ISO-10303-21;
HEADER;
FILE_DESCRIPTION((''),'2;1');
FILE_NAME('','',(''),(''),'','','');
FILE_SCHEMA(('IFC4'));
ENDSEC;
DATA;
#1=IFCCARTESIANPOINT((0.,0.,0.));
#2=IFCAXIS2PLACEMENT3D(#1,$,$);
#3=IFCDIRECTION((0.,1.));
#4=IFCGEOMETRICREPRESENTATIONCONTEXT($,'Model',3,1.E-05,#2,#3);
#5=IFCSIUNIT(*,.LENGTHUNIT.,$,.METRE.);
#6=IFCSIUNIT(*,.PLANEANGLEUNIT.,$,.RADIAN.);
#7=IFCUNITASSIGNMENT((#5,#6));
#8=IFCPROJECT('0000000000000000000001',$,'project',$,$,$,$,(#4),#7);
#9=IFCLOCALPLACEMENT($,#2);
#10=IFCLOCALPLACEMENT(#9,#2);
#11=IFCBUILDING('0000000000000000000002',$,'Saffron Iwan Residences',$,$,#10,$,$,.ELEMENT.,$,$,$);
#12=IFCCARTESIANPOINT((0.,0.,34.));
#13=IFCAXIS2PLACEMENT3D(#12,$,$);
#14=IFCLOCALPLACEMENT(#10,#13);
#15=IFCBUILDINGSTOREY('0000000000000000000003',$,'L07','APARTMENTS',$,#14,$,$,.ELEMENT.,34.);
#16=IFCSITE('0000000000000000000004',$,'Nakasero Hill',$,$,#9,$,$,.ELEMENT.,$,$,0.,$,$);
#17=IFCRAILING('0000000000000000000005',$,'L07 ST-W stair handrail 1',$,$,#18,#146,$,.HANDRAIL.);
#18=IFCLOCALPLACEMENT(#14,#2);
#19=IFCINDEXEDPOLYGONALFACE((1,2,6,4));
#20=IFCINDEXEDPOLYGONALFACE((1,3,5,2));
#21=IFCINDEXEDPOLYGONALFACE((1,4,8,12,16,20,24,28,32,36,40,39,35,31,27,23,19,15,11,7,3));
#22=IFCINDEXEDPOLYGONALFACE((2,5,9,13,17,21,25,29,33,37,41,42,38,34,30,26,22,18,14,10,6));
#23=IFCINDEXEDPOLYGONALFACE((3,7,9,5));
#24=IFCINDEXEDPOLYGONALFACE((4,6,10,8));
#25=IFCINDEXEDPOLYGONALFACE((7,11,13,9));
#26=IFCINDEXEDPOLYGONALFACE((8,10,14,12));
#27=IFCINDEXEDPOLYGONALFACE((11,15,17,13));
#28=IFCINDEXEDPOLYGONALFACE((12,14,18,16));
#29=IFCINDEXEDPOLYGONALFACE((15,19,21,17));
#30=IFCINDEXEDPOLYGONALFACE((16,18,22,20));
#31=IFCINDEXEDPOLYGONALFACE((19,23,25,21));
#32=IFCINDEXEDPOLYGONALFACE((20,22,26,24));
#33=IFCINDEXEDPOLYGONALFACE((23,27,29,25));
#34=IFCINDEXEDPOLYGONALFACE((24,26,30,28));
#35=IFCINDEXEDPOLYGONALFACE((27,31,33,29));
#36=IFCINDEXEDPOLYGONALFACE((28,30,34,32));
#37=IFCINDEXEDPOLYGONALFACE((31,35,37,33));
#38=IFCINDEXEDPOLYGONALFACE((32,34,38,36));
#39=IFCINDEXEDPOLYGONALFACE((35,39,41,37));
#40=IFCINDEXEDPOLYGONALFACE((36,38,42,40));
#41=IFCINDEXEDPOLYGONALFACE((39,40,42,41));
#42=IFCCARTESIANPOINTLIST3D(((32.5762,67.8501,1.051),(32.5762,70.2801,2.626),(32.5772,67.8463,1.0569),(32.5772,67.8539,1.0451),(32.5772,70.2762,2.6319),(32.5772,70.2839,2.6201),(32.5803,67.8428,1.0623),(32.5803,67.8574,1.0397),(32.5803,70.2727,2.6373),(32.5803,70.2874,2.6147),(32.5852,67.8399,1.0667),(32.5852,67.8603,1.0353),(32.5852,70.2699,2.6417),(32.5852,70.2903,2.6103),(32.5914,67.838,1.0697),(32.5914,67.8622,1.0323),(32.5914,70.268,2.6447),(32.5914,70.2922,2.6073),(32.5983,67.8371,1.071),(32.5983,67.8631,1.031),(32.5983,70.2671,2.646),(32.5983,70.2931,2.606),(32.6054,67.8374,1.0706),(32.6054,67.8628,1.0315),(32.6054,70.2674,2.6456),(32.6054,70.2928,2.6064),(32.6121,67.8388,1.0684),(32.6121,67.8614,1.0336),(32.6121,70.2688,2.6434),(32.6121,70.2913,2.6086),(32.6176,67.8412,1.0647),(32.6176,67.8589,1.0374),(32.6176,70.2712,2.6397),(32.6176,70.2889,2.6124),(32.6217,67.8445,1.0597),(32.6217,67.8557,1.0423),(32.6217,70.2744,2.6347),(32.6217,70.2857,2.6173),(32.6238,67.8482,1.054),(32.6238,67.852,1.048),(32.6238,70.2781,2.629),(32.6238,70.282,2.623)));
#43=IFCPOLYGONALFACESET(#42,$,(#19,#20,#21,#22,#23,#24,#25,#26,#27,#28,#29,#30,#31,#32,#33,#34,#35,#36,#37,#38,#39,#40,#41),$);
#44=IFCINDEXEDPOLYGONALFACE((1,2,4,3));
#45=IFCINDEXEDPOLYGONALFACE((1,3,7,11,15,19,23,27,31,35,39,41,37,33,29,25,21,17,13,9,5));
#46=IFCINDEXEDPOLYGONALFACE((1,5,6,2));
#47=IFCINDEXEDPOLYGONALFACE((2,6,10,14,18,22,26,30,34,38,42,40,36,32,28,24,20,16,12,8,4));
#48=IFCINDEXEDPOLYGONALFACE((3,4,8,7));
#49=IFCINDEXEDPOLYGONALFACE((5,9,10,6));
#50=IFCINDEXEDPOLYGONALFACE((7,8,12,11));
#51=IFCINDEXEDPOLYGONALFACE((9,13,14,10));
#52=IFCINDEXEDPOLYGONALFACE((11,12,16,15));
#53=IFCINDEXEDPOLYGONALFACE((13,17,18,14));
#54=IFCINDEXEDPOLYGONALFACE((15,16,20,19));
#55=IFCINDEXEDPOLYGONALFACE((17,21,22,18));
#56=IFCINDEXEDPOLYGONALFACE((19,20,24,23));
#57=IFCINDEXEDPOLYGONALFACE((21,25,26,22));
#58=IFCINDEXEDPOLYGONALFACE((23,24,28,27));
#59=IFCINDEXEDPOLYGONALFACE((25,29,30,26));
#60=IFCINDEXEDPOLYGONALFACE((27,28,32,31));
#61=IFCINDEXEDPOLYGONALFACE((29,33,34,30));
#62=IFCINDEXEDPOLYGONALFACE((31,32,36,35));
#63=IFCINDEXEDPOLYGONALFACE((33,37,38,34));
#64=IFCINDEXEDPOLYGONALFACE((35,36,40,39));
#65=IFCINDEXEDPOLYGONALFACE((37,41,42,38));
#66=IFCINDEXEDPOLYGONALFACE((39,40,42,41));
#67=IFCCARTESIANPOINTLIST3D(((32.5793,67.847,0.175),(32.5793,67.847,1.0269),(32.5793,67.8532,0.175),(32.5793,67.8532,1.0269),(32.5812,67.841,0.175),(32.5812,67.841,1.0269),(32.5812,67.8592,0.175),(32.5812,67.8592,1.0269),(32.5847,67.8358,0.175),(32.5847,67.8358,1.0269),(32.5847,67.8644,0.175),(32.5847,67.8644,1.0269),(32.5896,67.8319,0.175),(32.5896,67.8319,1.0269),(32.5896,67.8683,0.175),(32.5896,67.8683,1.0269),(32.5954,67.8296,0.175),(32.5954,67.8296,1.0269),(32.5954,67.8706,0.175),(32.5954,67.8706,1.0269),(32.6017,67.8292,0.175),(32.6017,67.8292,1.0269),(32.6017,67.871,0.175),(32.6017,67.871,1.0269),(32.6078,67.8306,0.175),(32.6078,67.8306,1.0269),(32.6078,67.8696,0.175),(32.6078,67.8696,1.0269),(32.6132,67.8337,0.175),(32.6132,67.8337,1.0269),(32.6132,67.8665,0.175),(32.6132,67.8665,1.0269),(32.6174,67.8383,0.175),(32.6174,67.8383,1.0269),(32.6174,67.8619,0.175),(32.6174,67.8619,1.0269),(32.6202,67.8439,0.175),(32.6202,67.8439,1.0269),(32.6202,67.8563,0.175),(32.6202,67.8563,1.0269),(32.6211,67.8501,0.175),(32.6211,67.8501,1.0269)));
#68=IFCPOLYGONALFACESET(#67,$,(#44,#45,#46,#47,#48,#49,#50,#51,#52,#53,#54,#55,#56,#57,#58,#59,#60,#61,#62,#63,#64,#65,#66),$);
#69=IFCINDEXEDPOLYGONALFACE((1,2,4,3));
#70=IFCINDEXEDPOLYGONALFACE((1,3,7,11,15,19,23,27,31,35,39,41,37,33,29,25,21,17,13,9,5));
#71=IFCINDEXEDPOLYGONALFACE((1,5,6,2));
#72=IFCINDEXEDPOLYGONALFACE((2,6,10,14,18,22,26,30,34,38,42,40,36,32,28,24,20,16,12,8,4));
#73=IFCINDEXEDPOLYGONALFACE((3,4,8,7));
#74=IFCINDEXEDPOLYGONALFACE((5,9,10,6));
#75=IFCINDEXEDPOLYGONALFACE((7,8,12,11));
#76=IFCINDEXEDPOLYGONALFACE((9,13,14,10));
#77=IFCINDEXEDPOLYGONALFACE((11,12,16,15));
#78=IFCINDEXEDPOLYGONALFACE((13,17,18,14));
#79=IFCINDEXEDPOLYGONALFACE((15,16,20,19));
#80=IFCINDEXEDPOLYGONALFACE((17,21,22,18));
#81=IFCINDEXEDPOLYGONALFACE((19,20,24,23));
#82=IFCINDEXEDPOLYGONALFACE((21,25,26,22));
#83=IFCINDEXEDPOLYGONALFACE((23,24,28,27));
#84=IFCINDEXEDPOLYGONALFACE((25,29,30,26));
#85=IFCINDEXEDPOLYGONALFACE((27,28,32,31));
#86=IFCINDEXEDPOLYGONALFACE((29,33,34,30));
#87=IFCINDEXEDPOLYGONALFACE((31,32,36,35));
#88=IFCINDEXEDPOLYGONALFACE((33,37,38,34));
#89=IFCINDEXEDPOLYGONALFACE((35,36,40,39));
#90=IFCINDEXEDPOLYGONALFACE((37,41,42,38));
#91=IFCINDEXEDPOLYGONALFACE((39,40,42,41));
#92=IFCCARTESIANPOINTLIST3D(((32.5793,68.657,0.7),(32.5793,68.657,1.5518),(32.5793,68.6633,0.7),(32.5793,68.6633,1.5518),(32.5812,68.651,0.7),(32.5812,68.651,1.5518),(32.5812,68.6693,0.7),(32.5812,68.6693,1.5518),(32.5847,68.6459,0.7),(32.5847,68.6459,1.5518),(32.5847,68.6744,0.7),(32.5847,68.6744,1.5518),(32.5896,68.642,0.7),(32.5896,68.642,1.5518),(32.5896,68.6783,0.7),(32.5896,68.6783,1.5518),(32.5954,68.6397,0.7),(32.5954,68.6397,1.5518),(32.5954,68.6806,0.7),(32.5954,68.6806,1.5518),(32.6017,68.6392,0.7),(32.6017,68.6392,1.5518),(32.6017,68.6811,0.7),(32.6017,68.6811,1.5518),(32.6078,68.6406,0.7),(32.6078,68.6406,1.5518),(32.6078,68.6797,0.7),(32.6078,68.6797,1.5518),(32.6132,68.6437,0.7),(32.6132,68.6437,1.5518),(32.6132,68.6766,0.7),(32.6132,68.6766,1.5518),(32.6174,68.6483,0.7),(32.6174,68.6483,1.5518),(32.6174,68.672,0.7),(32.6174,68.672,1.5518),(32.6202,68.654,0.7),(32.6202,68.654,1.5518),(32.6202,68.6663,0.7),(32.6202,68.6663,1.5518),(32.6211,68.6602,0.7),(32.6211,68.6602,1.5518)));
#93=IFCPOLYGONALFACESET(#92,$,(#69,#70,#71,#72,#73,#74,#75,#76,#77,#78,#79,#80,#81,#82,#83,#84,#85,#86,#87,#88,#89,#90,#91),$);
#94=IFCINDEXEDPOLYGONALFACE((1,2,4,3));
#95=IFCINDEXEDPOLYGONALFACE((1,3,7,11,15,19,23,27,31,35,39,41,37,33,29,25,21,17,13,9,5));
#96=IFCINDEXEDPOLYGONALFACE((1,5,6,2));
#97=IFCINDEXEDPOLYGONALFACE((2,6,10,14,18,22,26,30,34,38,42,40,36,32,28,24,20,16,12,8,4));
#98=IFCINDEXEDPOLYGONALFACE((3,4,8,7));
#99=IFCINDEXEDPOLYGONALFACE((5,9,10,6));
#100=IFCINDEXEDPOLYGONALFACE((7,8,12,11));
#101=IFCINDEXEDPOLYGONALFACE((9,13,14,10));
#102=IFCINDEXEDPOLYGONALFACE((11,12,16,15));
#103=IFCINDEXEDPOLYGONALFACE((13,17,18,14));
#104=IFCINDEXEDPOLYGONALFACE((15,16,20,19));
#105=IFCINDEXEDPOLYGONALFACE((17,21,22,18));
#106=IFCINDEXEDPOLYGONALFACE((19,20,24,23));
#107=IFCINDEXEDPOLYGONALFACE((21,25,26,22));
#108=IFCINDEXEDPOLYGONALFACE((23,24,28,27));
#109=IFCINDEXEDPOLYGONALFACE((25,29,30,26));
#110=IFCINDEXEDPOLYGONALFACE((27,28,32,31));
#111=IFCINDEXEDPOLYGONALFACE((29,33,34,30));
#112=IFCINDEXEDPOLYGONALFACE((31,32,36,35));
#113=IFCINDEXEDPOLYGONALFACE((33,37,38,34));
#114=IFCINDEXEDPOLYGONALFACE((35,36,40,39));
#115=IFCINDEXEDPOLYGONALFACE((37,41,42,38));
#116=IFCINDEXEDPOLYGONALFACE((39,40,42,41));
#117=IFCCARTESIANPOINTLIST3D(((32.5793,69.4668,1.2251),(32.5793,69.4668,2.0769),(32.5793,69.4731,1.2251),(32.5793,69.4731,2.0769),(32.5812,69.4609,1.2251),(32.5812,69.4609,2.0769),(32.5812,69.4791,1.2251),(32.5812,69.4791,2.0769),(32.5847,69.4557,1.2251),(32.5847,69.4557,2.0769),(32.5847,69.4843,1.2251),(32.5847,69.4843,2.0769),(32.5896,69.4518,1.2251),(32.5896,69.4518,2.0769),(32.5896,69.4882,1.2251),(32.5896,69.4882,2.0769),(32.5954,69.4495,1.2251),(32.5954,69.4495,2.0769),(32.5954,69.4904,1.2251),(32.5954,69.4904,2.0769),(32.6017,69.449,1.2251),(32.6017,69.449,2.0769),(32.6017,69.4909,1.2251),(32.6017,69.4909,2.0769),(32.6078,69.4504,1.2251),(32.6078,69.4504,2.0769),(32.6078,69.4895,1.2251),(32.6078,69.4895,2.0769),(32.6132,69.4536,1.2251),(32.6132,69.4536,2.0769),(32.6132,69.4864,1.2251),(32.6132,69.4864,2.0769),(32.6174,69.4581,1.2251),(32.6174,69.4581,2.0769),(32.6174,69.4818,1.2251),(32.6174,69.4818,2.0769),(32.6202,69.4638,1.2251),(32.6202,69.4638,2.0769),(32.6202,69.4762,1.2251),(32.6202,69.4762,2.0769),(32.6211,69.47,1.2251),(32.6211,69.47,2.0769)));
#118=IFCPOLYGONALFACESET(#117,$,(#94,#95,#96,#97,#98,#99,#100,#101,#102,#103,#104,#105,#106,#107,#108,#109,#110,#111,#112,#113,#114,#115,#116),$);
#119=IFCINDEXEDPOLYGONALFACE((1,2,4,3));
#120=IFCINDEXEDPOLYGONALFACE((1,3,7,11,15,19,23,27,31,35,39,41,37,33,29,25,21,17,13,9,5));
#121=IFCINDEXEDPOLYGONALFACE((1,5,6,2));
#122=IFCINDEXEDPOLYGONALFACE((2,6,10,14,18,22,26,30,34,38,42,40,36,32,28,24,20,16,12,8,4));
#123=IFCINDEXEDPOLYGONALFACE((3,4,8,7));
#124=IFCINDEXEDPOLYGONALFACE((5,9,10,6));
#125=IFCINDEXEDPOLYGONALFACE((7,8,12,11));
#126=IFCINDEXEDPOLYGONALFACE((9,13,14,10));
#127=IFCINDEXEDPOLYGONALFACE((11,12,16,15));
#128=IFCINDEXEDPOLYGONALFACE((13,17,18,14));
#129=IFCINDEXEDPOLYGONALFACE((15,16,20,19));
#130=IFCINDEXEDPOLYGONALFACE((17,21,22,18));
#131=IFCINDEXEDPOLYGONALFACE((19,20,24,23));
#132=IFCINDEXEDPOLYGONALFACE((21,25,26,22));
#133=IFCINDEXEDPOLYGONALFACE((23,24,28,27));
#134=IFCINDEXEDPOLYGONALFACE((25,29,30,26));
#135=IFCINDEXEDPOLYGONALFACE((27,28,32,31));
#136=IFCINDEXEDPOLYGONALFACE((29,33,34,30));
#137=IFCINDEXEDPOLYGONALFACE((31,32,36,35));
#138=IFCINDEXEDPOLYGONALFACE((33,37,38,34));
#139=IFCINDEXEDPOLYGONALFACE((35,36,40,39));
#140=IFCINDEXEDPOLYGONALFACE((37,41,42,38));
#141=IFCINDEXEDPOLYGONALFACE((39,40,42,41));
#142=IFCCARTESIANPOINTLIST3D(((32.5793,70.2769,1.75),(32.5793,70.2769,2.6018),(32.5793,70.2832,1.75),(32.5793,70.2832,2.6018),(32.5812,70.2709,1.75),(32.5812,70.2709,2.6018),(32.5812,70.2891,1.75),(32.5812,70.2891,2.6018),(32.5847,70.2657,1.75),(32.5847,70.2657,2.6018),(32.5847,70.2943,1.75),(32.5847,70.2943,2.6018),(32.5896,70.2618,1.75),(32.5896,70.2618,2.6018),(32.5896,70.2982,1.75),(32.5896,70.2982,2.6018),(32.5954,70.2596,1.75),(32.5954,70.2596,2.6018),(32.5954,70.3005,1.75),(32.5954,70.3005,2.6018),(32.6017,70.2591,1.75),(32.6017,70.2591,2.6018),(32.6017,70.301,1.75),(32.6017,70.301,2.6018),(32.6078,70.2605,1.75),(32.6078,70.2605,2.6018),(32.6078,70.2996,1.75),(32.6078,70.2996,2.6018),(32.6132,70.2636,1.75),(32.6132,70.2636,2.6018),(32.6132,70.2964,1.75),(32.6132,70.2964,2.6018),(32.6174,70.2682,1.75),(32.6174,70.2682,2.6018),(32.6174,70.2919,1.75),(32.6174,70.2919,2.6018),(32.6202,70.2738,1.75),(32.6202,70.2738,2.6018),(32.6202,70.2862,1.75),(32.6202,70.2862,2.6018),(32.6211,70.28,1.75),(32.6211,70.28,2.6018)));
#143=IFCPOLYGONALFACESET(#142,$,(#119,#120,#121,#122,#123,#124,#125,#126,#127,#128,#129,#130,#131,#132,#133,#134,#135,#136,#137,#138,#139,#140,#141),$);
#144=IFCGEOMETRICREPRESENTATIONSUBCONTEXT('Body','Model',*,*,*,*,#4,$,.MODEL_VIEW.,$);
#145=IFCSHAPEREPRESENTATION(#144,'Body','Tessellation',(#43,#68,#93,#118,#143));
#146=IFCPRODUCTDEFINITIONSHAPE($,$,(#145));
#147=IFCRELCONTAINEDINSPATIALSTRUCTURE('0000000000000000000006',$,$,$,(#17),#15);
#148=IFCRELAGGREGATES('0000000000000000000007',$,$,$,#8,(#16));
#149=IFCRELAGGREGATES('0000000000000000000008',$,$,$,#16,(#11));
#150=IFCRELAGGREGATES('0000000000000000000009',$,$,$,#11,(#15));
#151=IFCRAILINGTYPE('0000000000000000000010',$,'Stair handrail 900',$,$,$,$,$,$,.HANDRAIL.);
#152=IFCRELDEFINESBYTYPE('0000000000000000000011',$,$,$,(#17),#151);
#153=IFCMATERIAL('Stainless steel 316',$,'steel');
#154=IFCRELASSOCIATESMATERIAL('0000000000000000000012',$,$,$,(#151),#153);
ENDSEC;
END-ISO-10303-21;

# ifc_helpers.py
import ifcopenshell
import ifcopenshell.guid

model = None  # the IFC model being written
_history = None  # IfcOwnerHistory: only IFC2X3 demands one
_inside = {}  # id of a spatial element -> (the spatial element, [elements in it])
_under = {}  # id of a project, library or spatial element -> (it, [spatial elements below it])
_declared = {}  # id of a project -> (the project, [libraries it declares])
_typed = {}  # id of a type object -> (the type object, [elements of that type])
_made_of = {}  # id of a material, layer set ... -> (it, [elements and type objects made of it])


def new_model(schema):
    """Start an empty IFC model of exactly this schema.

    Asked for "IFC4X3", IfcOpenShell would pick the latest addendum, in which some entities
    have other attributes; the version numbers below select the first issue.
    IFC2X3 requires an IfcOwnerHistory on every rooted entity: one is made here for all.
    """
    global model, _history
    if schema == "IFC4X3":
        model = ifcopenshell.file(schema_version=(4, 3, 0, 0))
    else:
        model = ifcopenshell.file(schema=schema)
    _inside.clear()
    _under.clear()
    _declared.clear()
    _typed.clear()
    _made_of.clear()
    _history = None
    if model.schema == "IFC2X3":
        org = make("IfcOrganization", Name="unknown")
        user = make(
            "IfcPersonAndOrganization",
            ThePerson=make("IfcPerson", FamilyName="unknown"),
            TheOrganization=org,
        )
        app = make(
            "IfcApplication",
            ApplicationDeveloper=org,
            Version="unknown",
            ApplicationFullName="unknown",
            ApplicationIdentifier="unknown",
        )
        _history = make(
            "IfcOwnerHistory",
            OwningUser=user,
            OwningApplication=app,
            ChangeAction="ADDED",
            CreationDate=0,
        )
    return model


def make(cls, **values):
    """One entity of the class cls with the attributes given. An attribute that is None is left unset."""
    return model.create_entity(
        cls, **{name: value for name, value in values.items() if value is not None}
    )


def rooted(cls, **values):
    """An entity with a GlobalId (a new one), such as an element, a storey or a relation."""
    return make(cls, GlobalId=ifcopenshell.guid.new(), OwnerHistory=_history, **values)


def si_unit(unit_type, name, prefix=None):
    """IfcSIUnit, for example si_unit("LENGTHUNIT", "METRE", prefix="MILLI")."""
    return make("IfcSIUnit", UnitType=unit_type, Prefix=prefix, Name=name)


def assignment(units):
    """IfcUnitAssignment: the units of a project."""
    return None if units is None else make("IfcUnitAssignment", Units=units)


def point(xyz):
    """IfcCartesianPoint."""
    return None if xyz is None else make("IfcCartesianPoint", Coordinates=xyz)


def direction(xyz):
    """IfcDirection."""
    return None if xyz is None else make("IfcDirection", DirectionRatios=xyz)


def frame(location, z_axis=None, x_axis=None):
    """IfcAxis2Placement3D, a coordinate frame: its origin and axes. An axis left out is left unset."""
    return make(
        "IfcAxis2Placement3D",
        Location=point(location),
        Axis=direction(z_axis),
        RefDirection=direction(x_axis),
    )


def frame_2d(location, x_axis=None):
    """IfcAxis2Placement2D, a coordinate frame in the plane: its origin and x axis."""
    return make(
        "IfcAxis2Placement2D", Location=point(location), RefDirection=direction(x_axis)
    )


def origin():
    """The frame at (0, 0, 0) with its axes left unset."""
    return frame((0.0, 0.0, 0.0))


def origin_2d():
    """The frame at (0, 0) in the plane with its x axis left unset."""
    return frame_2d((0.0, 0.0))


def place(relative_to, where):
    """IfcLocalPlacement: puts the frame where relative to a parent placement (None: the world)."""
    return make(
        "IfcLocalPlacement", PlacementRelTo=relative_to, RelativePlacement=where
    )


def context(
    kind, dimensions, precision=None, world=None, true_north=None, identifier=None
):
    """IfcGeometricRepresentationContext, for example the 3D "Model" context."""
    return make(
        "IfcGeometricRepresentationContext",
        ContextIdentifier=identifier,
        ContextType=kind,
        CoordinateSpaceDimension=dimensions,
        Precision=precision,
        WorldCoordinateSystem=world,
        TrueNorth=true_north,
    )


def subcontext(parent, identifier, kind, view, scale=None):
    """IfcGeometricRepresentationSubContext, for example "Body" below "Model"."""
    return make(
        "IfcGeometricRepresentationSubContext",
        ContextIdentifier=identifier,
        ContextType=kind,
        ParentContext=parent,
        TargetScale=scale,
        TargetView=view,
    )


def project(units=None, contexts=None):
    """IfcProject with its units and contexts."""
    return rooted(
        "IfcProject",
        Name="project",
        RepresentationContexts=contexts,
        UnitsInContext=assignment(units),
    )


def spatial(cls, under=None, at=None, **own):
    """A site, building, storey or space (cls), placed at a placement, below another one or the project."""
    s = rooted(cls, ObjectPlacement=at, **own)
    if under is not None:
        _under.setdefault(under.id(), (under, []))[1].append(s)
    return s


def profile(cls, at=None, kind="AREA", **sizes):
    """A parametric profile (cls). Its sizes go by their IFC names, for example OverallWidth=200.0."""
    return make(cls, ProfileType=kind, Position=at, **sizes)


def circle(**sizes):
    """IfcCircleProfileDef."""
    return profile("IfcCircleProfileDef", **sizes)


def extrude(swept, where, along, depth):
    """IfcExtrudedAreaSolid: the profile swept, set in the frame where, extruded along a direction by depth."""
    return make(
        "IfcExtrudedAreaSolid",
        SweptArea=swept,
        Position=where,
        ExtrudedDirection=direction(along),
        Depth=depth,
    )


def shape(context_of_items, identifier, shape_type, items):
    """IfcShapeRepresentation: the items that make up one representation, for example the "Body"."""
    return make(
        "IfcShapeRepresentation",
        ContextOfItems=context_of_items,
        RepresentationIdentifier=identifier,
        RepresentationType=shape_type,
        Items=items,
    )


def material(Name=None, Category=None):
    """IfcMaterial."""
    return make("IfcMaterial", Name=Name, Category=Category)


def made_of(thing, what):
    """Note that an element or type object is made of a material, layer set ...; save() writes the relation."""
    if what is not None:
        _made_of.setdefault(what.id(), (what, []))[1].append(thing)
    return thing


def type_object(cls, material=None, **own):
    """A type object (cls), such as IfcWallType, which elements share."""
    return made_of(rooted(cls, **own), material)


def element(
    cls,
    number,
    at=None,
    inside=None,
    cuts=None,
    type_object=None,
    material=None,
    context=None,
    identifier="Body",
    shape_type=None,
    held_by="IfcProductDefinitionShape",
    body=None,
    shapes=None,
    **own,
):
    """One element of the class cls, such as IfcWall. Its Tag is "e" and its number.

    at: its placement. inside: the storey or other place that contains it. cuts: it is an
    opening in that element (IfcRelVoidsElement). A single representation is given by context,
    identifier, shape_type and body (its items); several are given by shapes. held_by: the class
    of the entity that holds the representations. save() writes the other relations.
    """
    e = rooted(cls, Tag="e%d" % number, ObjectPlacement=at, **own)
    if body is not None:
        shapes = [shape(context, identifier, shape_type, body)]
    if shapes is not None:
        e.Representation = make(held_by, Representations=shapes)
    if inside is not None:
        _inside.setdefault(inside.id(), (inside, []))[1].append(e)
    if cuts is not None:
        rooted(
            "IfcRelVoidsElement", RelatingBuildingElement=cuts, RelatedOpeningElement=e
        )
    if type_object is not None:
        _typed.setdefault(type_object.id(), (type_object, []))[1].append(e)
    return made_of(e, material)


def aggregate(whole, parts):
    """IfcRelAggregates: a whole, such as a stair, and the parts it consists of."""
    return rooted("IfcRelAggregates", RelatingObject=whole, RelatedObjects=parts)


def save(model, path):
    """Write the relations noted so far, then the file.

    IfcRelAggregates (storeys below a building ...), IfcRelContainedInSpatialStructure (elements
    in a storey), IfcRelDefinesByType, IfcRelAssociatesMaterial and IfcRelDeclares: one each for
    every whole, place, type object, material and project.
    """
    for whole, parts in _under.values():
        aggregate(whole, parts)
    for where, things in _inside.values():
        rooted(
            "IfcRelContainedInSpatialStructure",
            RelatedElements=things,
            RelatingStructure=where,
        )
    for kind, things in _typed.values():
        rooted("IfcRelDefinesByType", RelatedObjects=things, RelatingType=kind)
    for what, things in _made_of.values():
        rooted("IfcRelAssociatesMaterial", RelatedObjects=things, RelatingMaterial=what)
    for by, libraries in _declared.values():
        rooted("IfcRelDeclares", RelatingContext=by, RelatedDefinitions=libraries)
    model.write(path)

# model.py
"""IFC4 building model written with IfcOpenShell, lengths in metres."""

from ifc_helpers import new_model, si_unit, direction, frame, origin, origin_2d, place, context, subcontext, project, spatial, circle, extrude, material, type_object, element, save


model = new_model("IFC4")

# Units and contexts
model_context = context("Model", 3, precision=1e-05, world=origin(), true_north=direction((0.0, 1.0)))
body_context = subcontext(model_context, "Body", "Model", "MODEL_VIEW")
ifc_project = project(units=[si_unit("LENGTHUNIT", "METRE"), si_unit("PLANEANGLEUNIT", "RADIAN")], contexts=[model_context])

# Site, building, storey
site_placement = place(None, origin())
site = spatial("IfcSite", under=ifc_project, at=site_placement, Name="Nakasero Hill", CompositionType="ELEMENT", RefElevation=0.0)
building_placement = place(site_placement, origin())
building = spatial("IfcBuilding", under=site, at=building_placement, Name="Saffron Iwan Residences", CompositionType="ELEMENT")
storey_placement = place(building_placement, frame((0.0, 0.0, 34.0)))
storey = spatial("IfcBuildingStorey", under=building, at=storey_placement, Name="L07", Description="APARTMENTS", CompositionType="ELEMENT", Elevation=34.0)

# Railing
ifc_material_1 = material(Name="Stainless steel 316", Category="steel")
railing_type_1 = type_object("IfcRailingType", Name="Stair handrail 900", PredefinedType="HANDRAIL", material=ifc_material_1)
railing_1_placement = place(storey_placement, frame((32.6001, 67.8501, 0.175)))
element("IfcRailing", 1, at=railing_1_placement, inside=storey, type_object=railing_type_1, Name="L07 ST-W stair handrail 1", PredefinedType="HANDRAIL", context=body_context, shape_type="SweptSolid", body=[
    extrude(circle(Radius=0.0239, at=origin_2d()), frame((0.0, 0.0, 0.876), z_axis=(0.0, 0.839154, 0.543894), x_axis=(-1.0, 0.0, 0.0)), (0.0, 0.0, 1.0), 2.8958),
    extrude(circle(Radius=0.021, at=origin_2d()), origin(), (0.0, 0.0, 1.0), 0.8518),
    extrude(circle(Radius=0.021, at=origin_2d()), frame((0.0, 0.8101, 0.5249)), (0.0, 0.0, 1.0), 0.8518),
    extrude(circle(Radius=0.021, at=origin_2d()), frame((0.0, 1.6199, 1.05)), (0.0, 0.0, 1.0), 0.8518),
    extrude(circle(Radius=0.021, at=origin_2d()), frame((0.0, 2.4299, 1.575)), (0.0, 0.0, 1.0), 0.8518),
])

save(model, "model.ifc")
